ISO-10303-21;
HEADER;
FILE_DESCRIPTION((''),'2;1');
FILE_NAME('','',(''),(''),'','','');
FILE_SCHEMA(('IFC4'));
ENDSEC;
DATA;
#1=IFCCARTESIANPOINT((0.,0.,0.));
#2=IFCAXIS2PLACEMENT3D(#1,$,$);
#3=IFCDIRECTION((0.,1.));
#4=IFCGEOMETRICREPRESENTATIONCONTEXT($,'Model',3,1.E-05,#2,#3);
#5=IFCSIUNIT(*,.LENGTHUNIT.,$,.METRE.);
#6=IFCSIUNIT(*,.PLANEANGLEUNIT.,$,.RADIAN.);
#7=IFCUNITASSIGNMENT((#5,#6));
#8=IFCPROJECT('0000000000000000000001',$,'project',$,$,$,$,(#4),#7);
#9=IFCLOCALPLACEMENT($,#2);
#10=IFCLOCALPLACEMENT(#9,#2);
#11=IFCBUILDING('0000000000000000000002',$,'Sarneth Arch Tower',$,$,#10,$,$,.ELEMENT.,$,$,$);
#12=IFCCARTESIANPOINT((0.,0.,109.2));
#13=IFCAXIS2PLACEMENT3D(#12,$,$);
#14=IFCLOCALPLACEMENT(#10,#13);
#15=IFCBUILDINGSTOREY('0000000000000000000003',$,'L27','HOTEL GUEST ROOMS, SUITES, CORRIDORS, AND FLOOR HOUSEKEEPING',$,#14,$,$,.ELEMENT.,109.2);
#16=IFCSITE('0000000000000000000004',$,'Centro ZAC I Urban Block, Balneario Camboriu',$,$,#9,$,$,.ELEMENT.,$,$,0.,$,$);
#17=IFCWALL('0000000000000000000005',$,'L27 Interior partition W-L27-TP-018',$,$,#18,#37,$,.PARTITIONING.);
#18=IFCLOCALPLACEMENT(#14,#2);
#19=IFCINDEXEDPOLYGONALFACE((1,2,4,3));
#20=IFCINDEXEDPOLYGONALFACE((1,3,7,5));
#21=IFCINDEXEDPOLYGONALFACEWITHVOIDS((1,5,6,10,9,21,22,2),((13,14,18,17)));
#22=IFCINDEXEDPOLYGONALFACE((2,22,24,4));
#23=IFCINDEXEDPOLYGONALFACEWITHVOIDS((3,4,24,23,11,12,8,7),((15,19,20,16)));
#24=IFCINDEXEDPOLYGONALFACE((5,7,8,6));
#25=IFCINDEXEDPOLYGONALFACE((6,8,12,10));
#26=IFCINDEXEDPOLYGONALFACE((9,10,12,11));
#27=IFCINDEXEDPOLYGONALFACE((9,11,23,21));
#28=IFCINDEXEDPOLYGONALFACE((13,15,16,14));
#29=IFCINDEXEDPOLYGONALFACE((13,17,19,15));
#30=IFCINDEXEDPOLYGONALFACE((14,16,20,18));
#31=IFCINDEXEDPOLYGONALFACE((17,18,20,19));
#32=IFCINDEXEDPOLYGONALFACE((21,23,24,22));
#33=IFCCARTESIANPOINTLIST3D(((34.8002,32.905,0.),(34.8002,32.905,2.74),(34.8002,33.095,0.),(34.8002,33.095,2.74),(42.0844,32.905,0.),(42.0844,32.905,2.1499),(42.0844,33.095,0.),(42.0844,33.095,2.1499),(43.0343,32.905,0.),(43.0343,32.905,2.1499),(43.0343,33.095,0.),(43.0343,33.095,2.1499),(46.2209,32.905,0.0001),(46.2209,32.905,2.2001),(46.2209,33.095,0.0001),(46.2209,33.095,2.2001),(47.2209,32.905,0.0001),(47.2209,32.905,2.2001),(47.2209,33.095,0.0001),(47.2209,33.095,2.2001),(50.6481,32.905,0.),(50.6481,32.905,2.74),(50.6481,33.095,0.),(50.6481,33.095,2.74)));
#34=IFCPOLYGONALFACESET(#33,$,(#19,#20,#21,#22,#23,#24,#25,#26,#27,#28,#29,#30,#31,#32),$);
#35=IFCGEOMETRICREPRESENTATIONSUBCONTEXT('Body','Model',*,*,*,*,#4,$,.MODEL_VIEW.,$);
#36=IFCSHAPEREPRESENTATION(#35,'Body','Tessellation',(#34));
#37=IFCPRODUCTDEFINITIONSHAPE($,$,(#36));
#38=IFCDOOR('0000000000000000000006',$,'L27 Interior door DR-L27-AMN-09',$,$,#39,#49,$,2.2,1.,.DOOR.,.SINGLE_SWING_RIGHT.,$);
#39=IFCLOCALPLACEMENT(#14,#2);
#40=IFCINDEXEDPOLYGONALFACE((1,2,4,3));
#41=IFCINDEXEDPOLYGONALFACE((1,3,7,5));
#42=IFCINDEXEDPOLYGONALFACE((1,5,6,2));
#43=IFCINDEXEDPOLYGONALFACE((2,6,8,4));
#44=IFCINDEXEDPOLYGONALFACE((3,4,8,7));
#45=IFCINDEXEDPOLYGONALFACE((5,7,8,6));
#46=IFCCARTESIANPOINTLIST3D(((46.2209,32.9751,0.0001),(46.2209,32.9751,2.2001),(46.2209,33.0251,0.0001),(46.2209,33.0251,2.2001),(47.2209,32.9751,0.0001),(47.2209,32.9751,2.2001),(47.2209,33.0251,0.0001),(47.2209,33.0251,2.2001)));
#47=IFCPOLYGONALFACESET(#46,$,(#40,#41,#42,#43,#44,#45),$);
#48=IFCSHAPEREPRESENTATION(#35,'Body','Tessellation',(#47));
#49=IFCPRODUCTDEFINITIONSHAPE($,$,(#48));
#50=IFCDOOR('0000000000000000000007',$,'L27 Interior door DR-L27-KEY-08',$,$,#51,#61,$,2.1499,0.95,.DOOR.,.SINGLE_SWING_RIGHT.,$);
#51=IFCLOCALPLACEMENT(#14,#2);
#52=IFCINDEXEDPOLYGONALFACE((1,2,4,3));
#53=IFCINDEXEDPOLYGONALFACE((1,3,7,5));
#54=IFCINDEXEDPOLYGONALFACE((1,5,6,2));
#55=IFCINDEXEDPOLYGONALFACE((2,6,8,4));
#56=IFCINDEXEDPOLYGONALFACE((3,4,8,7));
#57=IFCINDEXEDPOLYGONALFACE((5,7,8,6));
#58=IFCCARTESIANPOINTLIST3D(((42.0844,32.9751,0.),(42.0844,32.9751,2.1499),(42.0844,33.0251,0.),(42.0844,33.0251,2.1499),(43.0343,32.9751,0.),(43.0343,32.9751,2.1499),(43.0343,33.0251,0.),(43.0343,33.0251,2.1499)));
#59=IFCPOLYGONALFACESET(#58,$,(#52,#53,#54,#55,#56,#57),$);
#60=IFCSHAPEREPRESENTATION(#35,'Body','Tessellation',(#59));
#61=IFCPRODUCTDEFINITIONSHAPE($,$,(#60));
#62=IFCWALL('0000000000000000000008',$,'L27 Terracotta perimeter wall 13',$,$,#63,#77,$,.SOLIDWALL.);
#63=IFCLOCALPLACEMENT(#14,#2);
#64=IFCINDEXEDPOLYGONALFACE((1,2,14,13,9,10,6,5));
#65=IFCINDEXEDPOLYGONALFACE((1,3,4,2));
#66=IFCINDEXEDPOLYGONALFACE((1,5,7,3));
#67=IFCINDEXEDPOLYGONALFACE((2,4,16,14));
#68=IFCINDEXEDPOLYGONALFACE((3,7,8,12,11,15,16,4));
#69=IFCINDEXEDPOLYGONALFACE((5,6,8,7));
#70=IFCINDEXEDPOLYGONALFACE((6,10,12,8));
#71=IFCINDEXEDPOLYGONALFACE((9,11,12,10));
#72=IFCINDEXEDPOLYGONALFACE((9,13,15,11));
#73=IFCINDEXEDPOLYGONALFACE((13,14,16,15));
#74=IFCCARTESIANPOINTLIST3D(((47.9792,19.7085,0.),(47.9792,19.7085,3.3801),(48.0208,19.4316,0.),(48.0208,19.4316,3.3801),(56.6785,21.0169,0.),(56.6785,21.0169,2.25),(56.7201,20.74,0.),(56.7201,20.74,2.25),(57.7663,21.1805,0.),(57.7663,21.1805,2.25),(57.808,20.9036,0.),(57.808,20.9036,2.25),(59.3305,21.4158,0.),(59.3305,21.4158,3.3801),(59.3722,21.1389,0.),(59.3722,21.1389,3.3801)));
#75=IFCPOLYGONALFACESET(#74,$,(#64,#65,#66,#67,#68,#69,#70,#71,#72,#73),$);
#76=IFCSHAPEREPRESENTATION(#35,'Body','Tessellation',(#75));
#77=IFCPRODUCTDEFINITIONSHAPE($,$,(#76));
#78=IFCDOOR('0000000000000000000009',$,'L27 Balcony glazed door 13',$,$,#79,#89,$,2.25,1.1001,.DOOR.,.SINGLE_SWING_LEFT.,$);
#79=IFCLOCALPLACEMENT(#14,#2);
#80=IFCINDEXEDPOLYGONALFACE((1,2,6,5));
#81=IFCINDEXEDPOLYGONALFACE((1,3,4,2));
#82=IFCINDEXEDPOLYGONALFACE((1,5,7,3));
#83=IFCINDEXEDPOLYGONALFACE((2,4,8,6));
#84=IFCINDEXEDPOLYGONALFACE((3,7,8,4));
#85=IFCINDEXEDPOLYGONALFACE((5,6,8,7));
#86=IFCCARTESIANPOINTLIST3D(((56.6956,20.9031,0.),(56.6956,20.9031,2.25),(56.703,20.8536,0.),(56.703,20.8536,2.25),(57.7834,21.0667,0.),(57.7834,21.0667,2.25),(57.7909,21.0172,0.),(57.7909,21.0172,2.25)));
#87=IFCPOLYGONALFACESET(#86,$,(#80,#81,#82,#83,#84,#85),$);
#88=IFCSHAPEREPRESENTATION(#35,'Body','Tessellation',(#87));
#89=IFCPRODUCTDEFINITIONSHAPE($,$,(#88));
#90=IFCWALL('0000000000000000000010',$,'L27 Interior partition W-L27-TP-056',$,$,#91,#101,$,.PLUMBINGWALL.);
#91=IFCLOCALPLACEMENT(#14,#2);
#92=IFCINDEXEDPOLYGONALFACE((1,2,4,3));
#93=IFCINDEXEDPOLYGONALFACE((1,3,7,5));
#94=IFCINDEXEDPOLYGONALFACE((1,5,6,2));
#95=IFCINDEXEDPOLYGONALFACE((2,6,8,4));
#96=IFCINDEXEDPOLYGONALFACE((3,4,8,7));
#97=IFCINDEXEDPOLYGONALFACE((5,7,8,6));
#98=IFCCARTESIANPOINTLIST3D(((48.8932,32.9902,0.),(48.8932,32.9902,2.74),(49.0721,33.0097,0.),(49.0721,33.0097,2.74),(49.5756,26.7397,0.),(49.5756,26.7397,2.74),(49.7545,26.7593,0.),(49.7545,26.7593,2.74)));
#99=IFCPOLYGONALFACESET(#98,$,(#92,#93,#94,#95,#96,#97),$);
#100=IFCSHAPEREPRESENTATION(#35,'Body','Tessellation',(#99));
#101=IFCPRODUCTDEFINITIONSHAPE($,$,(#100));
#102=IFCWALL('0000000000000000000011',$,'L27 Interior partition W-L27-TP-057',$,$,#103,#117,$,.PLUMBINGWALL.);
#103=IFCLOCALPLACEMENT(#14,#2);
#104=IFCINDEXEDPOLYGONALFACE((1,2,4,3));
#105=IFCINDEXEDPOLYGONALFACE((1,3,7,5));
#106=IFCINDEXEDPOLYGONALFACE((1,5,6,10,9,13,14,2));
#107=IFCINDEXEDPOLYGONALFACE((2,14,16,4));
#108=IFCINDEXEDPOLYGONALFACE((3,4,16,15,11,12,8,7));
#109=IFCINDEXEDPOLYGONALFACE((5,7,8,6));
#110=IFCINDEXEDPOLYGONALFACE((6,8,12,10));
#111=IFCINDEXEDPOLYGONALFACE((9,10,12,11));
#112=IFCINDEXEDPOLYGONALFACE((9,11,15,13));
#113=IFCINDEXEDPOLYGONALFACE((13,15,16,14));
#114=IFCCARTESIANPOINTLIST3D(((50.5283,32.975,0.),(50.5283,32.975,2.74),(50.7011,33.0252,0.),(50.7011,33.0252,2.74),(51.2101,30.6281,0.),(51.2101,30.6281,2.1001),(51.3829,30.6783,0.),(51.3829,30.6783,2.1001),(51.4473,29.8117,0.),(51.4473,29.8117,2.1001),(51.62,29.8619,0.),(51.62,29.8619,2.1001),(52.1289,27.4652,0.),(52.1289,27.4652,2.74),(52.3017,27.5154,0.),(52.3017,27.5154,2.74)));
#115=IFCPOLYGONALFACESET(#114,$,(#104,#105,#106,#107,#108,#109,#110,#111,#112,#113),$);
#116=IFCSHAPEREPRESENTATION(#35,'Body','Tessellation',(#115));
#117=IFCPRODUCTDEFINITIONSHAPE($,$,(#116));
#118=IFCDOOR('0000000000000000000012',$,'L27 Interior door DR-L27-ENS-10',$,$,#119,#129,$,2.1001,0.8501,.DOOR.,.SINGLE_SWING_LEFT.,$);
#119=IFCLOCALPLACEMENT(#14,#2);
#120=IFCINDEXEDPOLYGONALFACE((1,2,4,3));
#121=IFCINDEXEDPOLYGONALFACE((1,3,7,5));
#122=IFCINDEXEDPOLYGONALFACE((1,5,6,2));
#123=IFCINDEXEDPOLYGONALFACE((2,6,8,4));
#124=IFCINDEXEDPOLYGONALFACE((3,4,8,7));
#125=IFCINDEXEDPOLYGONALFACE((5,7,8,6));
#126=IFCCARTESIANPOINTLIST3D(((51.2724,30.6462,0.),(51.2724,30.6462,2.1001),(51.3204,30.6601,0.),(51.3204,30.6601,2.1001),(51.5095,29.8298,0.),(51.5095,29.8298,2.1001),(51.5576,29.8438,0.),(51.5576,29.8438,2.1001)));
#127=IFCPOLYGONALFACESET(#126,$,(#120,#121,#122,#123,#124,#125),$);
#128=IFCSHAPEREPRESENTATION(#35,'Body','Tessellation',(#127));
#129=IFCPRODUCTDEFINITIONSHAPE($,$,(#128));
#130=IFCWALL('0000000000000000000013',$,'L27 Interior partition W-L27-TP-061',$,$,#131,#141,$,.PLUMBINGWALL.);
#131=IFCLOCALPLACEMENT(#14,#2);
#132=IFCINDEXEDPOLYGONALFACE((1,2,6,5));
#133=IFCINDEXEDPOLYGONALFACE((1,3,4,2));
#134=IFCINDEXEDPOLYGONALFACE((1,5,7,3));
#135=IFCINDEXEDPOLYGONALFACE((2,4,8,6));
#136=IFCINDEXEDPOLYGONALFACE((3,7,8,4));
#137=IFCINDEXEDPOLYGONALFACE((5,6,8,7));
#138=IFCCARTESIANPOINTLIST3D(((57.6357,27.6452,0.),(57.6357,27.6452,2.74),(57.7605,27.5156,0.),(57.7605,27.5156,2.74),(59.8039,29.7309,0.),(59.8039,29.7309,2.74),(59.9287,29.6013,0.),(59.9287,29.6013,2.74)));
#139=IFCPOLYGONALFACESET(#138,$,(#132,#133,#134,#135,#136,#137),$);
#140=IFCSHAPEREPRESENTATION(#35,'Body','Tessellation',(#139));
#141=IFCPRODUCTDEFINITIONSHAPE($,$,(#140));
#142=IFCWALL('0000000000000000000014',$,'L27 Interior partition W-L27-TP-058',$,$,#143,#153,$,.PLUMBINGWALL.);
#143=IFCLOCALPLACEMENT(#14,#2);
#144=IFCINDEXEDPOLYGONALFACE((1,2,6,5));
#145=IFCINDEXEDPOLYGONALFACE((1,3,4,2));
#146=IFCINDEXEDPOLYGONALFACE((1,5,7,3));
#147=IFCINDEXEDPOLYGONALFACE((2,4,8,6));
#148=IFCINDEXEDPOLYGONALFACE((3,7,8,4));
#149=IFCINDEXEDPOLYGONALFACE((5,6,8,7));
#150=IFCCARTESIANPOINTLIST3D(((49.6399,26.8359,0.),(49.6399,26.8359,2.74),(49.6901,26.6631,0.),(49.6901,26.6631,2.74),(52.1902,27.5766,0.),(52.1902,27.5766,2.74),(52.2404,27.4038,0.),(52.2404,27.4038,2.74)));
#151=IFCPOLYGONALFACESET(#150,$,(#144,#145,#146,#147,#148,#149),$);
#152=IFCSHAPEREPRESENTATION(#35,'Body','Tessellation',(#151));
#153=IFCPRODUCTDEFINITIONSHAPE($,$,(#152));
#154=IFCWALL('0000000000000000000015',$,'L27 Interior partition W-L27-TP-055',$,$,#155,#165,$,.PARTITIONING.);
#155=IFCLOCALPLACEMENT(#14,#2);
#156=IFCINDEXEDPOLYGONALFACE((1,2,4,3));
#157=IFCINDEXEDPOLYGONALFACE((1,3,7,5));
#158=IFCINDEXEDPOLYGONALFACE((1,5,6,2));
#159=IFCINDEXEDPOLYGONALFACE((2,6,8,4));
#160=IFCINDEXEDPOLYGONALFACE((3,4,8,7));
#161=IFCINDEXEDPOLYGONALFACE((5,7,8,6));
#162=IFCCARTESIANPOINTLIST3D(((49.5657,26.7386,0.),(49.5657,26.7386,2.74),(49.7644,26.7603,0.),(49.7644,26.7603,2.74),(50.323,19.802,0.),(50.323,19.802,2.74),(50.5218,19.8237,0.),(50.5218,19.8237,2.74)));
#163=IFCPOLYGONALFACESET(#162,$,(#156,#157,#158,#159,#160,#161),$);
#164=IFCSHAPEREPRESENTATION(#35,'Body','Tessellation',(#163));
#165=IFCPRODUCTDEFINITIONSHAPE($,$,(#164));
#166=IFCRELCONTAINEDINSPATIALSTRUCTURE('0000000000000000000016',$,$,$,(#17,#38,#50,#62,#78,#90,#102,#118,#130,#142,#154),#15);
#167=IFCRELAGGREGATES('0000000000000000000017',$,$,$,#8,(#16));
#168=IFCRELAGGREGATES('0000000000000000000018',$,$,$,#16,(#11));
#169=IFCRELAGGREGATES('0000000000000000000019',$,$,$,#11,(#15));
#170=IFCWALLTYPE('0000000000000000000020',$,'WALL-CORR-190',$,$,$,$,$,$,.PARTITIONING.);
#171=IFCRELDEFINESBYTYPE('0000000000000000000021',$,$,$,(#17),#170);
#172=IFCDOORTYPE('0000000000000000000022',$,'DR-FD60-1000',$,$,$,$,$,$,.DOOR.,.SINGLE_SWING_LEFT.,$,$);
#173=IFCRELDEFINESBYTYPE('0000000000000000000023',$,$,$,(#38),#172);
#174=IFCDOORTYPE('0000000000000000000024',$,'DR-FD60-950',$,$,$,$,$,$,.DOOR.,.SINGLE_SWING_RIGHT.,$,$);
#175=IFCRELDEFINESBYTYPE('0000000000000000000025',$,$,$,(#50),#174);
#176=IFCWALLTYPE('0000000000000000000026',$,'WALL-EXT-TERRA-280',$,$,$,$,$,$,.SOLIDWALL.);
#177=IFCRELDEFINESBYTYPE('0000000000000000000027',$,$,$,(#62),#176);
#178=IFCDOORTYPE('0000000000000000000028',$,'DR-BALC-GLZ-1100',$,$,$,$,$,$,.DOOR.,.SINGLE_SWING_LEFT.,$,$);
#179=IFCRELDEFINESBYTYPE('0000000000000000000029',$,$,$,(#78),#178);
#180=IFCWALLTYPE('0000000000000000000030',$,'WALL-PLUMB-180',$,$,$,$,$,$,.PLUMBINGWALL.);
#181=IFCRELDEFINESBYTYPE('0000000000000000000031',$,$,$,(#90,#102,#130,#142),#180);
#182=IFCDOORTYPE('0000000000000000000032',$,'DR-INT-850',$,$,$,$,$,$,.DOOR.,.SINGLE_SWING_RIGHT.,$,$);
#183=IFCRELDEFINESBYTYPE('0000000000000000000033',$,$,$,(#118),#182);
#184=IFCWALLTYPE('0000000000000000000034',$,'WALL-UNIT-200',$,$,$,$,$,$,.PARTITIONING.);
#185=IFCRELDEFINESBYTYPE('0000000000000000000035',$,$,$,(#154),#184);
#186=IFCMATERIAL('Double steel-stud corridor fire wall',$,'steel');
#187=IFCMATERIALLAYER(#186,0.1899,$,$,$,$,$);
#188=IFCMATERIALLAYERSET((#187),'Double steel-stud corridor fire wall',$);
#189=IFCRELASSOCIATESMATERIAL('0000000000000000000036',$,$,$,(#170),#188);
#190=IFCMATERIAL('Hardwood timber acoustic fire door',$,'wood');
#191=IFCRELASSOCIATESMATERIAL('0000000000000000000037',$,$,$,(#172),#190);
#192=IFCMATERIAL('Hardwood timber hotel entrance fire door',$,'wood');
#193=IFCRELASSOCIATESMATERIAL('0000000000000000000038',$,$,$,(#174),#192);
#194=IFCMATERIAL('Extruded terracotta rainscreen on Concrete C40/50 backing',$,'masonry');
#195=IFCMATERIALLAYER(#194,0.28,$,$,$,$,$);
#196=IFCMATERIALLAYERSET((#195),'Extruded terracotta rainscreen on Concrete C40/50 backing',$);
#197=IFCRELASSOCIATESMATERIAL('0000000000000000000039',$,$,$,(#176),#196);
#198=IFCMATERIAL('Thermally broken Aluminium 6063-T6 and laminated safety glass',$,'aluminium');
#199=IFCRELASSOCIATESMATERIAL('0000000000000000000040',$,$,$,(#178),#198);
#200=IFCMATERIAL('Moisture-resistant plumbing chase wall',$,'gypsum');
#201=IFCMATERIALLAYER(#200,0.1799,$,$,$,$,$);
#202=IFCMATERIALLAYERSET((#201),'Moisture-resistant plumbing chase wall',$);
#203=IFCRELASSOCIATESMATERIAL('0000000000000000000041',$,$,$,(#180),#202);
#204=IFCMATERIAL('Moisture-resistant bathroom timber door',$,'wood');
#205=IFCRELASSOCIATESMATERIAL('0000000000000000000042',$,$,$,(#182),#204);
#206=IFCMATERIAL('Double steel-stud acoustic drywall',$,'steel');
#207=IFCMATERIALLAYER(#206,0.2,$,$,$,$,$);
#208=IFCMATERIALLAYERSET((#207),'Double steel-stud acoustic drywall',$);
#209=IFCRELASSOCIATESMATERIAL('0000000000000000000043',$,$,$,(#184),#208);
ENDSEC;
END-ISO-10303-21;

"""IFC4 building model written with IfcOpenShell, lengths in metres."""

from ifc_helpers import new_model, si_unit, direction, frame, frame_2d, origin, place, context, subcontext, project, spatial, rectangle, extrude, material, layer, layer_set, type_object, element, fill, save


model = new_model("IFC4")

# Units and contexts
model_context = context("Model", 3, precision=1e-05, world=origin(), true_north=direction((0.0, 1.0)))
body_context = subcontext(model_context, "Body", "Model", "MODEL_VIEW")
ifc_project = project(units=[si_unit("LENGTHUNIT", "METRE"), si_unit("PLANEANGLEUNIT", "RADIAN")], contexts=[model_context])

# Site, building, storey
site_placement = place(None, origin())
site = spatial("IfcSite", under=ifc_project, at=site_placement, Name="Centro ZAC I Urban Block, Balneario Camboriu", CompositionType="ELEMENT", RefElevation=0.0)
building_placement = place(site_placement, origin())
building = spatial("IfcBuilding", under=site, at=building_placement, Name="Sarneth Arch Tower", CompositionType="ELEMENT")
storey_placement = place(building_placement, frame((0.0, 0.0, 109.2)))
storey = spatial("IfcBuildingStorey", under=building, at=storey_placement, Name="L27", Description="HOTEL GUEST ROOMS, SUITES, CORRIDORS, AND FLOOR HOUSEKEEPING", CompositionType="ELEMENT", Elevation=109.2)

# Wall, openings, doors
ifc_material_1 = material(Name="Double steel-stud corridor fire wall", Category="steel")
ifc_layer_1 = layer(ifc_material_1, 0.1899)
ifc_layer_set_1 = layer_set([ifc_layer_1], Name="Double steel-stud corridor fire wall")
wall_type_1 = type_object("IfcWallType", Name="WALL-CORR-190", PredefinedType="PARTITIONING", material=ifc_layer_set_1)
wall_1_placement = place(storey_placement, frame((50.6479, 33.0, 0.0), z_axis=(0.0, 0.0, 1.0), x_axis=(-1.0, 0.0, 0.0)))
wall_1 = element("IfcWall", 1, at=wall_1_placement, inside=storey, type_object=wall_type_1, Name="L27 Interior partition W-L27-TP-018", PredefinedType="PARTITIONING", context=body_context, shape_type="SweptSolid", body=[
    extrude(rectangle(XDim=15.8479, YDim=0.1899, at=frame_2d((7.9238, 0.0))), origin(), (0.0, 0.0, 1.0), 2.74),
])
opening_1_placement = place(wall_1_placement, frame((3.427, 0.0, 0.0)))
opening_1 = element("IfcOpeningElement", 2, at=opening_1_placement, cuts=wall_1, PredefinedType="OPENING", context=body_context, shape_type="SweptSolid", body=[
    extrude(rectangle(XDim=1.0, YDim=2.2, at=frame_2d((0.5, 1.1001))), frame((0.0, 0.105, 0.0), z_axis=(0.0, -1.0, 0.0), x_axis=(1.0, 0.0, 0.0)), (0.0, 0.0, 1.0), 0.21),
])
opening_2_placement = place(wall_1_placement, frame((7.6135, 0.0, 0.0)))
opening_2 = element("IfcOpeningElement", 3, at=opening_2_placement, cuts=wall_1, PredefinedType="OPENING", context=body_context, shape_type="SweptSolid", body=[
    extrude(rectangle(XDim=0.95, YDim=2.1499, at=frame_2d((0.4751, 1.075))), frame((0.0, 0.105, 0.0), z_axis=(0.0, -1.0, 0.0), x_axis=(1.0, 0.0, 0.0)), (0.0, 0.0, 1.0), 0.21),
])
ifc_material_2 = material(Name="Hardwood timber acoustic fire door", Category="wood")
door_type_1 = type_object("IfcDoorType", Name="DR-FD60-1000", OperationType="SINGLE_SWING_LEFT", PredefinedType="DOOR", material=ifc_material_2)
door_1_placement = place(opening_1_placement, origin())
door_1 = element("IfcDoor", 4, at=door_1_placement, inside=storey, type_object=door_type_1, Name="L27 Interior door DR-L27-AMN-09", OperationType="SINGLE_SWING_RIGHT", OverallHeight=2.2, OverallWidth=1.0, PredefinedType="DOOR", context=body_context, shape_type="SweptSolid", body=[
    extrude(rectangle(XDim=1.0, YDim=2.2, at=frame_2d((0.5, 1.1001))), frame((0.0, 0.0249, 0.0), z_axis=(0.0, -1.0, 0.0), x_axis=(1.0, 0.0, 0.0)), (0.0, 0.0, 1.0), 0.05),
])
fill(opening_1, door_1)
ifc_material_3 = material(Name="Hardwood timber hotel entrance fire door", Category="wood")
door_type_2 = type_object("IfcDoorType", Name="DR-FD60-950", OperationType="SINGLE_SWING_RIGHT", PredefinedType="DOOR", material=ifc_material_3)
door_2_placement = place(opening_2_placement, origin())
door_2 = element("IfcDoor", 5, at=door_2_placement, inside=storey, type_object=door_type_2, Name="L27 Interior door DR-L27-KEY-08", OperationType="SINGLE_SWING_RIGHT", OverallHeight=2.1499, OverallWidth=0.95, PredefinedType="DOOR", context=body_context, shape_type="SweptSolid", body=[
    extrude(rectangle(XDim=0.95, YDim=2.1499, at=frame_2d((0.4751, 1.075))), frame((0.0, 0.0249, 0.0), z_axis=(0.0, -1.0, 0.0), x_axis=(1.0, 0.0, 0.0)), (0.0, 0.0, 1.0), 0.05),
])
fill(opening_2, door_2)

# Wall, opening, door
ifc_material_4 = material(Name="Extruded terracotta rainscreen on Concrete C40/50 backing", Category="masonry")
ifc_layer_2 = layer(ifc_material_4, 0.28)
ifc_layer_set_2 = layer_set([ifc_layer_2], Name="Extruded terracotta rainscreen on Concrete C40/50 backing")
wall_type_2 = type_object("IfcWallType", Name="WALL-EXT-TERRA-280", PredefinedType="SOLIDWALL", material=ifc_layer_set_2)
wall_2_placement = place(storey_placement, frame((48.0, 19.5701, 0.0), z_axis=(0.0, 0.0, 1.0), x_axis=(0.988878, 0.14873, 0.0)))
wall_2 = element("IfcWall", 6, at=wall_2_placement, inside=storey, type_object=wall_type_2, Name="L27 Terracotta perimeter wall 13", PredefinedType="SOLIDWALL", context=body_context, shape_type="SweptSolid", body=[
    extrude(rectangle(XDim=11.479, YDim=0.28, at=frame_2d((5.7395, 0.0))), origin(), (0.0, 0.0, 1.0), 3.3801),
])
opening_3_placement = place(wall_2_placement, frame((8.7971, 0.0, 0.0)))
opening_3 = element("IfcOpeningElement", 7, at=opening_3_placement, cuts=wall_2, PredefinedType="OPENING", context=body_context, shape_type="SweptSolid", body=[
    extrude(rectangle(XDim=1.1001, YDim=2.25, at=frame_2d((0.55, 1.125))), frame((0.0, 0.1499, 0.0), z_axis=(0.0, -1.0, 0.0), x_axis=(1.0, 0.0, 0.0)), (0.0, 0.0, 1.0), 0.3),
])
ifc_material_5 = material(Name="Thermally broken Aluminium 6063-T6 and laminated safety glass", Category="aluminium")
door_type_3 = type_object("IfcDoorType", Name="DR-BALC-GLZ-1100", OperationType="SINGLE_SWING_LEFT", PredefinedType="DOOR", material=ifc_material_5)
door_3_placement = place(opening_3_placement, origin())
door_3 = element("IfcDoor", 8, at=door_3_placement, inside=storey, type_object=door_type_3, Name="L27 Balcony glazed door 13", OperationType="SINGLE_SWING_LEFT", OverallHeight=2.25, OverallWidth=1.1001, PredefinedType="DOOR", context=body_context, shape_type="SweptSolid", body=[
    extrude(rectangle(XDim=1.1001, YDim=2.25, at=frame_2d((0.55, 1.125))), frame((0.0, 0.0249, 0.0), z_axis=(0.0, -1.0, 0.0), x_axis=(1.0, 0.0, 0.0)), (0.0, 0.0, 1.0), 0.05),
])
fill(opening_3, door_3)

# Wall
ifc_material_6 = material(Name="Moisture-resistant plumbing chase wall", Category="gypsum")
ifc_layer_3 = layer(ifc_material_6, 0.1799)
ifc_layer_set_3 = layer_set([ifc_layer_3], Name="Moisture-resistant plumbing chase wall")
wall_type_3 = type_object("IfcWallType", Name="WALL-PLUMB-180", PredefinedType="PLUMBINGWALL", material=ifc_layer_set_3)
wall_3_placement = place(storey_placement, frame((49.665, 26.7495, 0.0), z_axis=(0.0, 0.0, 1.0), x_axis=(-0.108526, 0.994094, 0.0)))
element("IfcWall", 9, at=wall_3_placement, inside=storey, type_object=wall_type_3, Name="L27 Interior partition W-L27-TP-056", PredefinedType="PLUMBINGWALL", context=body_context, shape_type="SweptSolid", body=[
    extrude(rectangle(XDim=6.2876, YDim=0.1799, at=frame_2d((3.1438, 0.0))), origin(), (0.0, 0.0, 1.0), 2.74),
])

# Wall, opening, door
wall_4_placement = place(storey_placement, frame((50.6147, 33.0, 0.0), z_axis=(0.0, 0.0, 1.0), x_axis=(0.278967, -0.960301, 0.0)))
wall_4 = element("IfcWall", 10, at=wall_4_placement, inside=storey, type_object=wall_type_3, Name="L27 Interior partition W-L27-TP-057", PredefinedType="PLUMBINGWALL", context=body_context, shape_type="SweptSolid", body=[
    extrude(rectangle(XDim=5.7375, YDim=0.1799, at=frame_2d((2.8687, 0.0))), origin(), (0.0, 0.0, 1.0), 2.74),
])
opening_4_placement = place(wall_4_placement, frame((2.4438, 0.0, 0.0)))
opening_4 = element("IfcOpeningElement", 11, at=opening_4_placement, cuts=wall_4, PredefinedType="OPENING", context=body_context, shape_type="SweptSolid", body=[
    extrude(rectangle(XDim=0.8501, YDim=2.1001, at=frame_2d((0.425, 1.05))), frame((0.0, 0.0999, 0.0), z_axis=(0.0, -1.0, 0.0), x_axis=(1.0, 0.0, 0.0)), (0.0, 0.0, 1.0), 0.2),
])
ifc_material_7 = material(Name="Moisture-resistant bathroom timber door", Category="wood")
door_type_4 = type_object("IfcDoorType", Name="DR-INT-850", OperationType="SINGLE_SWING_RIGHT", PredefinedType="DOOR", material=ifc_material_7)
door_4_placement = place(opening_4_placement, origin())
door_4 = element("IfcDoor", 12, at=door_4_placement, inside=storey, type_object=door_type_4, Name="L27 Interior door DR-L27-ENS-10", OperationType="SINGLE_SWING_LEFT", OverallHeight=2.1001, OverallWidth=0.8501, PredefinedType="DOOR", context=body_context, shape_type="SweptSolid", body=[
    extrude(rectangle(XDim=0.8501, YDim=2.1001, at=frame_2d((0.425, 1.05))), frame((0.0, 0.0249, 0.0), z_axis=(0.0, -1.0, 0.0), x_axis=(1.0, 0.0, 0.0)), (0.0, 0.0, 1.0), 0.05),
])
fill(opening_4, door_4)

# Walls
wall_5_placement = place(storey_placement, frame((57.698, 27.5803, 0.0), z_axis=(0.0, 0.0, 1.0), x_axis=(0.720688, 0.69326, 0.0)))
element("IfcWall", 13, at=wall_5_placement, inside=storey, type_object=wall_type_3, Name="L27 Interior partition W-L27-TP-061", PredefinedType="PLUMBINGWALL", context=body_context, shape_type="SweptSolid", body=[
    extrude(rectangle(XDim=3.0085, YDim=0.1799, at=frame_2d((1.5044, 0.0))), origin(), (0.0, 0.0, 1.0), 2.74),
])
wall_6_placement = place(storey_placement, frame((52.2153, 27.4902, 0.0), z_axis=(0.0, 0.0, 1.0), x_axis=(-0.960314, -0.27892, 0.0)))
element("IfcWall", 14, at=wall_6_placement, inside=storey, type_object=wall_type_3, Name="L27 Interior partition W-L27-TP-058", PredefinedType="PLUMBINGWALL", context=body_context, shape_type="SweptSolid", body=[
    extrude(rectangle(XDim=2.6558, YDim=0.1799, at=frame_2d((1.3279, 0.0))), origin(), (0.0, 0.0, 1.0), 2.74),
])
ifc_material_8 = material(Name="Double steel-stud acoustic drywall", Category="steel")
ifc_layer_4 = layer(ifc_material_8, 0.2)
ifc_layer_set_4 = layer_set([ifc_layer_4], Name="Double steel-stud acoustic drywall")
wall_type_4 = type_object("IfcWallType", Name="WALL-UNIT-200", PredefinedType="PARTITIONING", material=ifc_layer_set_4)
wall_7_placement = place(storey_placement, frame((50.4224, 19.813, 0.0), z_axis=(0.0, 0.0, 1.0), x_axis=(-0.108534, 0.994093, 0.0)))
element("IfcWall", 15, at=wall_7_placement, inside=storey, type_object=wall_type_4, Name="L27 Interior partition W-L27-TP-055", PredefinedType="PARTITIONING", context=body_context, shape_type="SweptSolid", body=[
    extrude(rectangle(XDim=6.9778, YDim=0.2, at=frame_2d((3.4888, 0.0))), origin(), (0.0, 0.0, 1.0), 2.74),
])

save(model, "model.ifc")
